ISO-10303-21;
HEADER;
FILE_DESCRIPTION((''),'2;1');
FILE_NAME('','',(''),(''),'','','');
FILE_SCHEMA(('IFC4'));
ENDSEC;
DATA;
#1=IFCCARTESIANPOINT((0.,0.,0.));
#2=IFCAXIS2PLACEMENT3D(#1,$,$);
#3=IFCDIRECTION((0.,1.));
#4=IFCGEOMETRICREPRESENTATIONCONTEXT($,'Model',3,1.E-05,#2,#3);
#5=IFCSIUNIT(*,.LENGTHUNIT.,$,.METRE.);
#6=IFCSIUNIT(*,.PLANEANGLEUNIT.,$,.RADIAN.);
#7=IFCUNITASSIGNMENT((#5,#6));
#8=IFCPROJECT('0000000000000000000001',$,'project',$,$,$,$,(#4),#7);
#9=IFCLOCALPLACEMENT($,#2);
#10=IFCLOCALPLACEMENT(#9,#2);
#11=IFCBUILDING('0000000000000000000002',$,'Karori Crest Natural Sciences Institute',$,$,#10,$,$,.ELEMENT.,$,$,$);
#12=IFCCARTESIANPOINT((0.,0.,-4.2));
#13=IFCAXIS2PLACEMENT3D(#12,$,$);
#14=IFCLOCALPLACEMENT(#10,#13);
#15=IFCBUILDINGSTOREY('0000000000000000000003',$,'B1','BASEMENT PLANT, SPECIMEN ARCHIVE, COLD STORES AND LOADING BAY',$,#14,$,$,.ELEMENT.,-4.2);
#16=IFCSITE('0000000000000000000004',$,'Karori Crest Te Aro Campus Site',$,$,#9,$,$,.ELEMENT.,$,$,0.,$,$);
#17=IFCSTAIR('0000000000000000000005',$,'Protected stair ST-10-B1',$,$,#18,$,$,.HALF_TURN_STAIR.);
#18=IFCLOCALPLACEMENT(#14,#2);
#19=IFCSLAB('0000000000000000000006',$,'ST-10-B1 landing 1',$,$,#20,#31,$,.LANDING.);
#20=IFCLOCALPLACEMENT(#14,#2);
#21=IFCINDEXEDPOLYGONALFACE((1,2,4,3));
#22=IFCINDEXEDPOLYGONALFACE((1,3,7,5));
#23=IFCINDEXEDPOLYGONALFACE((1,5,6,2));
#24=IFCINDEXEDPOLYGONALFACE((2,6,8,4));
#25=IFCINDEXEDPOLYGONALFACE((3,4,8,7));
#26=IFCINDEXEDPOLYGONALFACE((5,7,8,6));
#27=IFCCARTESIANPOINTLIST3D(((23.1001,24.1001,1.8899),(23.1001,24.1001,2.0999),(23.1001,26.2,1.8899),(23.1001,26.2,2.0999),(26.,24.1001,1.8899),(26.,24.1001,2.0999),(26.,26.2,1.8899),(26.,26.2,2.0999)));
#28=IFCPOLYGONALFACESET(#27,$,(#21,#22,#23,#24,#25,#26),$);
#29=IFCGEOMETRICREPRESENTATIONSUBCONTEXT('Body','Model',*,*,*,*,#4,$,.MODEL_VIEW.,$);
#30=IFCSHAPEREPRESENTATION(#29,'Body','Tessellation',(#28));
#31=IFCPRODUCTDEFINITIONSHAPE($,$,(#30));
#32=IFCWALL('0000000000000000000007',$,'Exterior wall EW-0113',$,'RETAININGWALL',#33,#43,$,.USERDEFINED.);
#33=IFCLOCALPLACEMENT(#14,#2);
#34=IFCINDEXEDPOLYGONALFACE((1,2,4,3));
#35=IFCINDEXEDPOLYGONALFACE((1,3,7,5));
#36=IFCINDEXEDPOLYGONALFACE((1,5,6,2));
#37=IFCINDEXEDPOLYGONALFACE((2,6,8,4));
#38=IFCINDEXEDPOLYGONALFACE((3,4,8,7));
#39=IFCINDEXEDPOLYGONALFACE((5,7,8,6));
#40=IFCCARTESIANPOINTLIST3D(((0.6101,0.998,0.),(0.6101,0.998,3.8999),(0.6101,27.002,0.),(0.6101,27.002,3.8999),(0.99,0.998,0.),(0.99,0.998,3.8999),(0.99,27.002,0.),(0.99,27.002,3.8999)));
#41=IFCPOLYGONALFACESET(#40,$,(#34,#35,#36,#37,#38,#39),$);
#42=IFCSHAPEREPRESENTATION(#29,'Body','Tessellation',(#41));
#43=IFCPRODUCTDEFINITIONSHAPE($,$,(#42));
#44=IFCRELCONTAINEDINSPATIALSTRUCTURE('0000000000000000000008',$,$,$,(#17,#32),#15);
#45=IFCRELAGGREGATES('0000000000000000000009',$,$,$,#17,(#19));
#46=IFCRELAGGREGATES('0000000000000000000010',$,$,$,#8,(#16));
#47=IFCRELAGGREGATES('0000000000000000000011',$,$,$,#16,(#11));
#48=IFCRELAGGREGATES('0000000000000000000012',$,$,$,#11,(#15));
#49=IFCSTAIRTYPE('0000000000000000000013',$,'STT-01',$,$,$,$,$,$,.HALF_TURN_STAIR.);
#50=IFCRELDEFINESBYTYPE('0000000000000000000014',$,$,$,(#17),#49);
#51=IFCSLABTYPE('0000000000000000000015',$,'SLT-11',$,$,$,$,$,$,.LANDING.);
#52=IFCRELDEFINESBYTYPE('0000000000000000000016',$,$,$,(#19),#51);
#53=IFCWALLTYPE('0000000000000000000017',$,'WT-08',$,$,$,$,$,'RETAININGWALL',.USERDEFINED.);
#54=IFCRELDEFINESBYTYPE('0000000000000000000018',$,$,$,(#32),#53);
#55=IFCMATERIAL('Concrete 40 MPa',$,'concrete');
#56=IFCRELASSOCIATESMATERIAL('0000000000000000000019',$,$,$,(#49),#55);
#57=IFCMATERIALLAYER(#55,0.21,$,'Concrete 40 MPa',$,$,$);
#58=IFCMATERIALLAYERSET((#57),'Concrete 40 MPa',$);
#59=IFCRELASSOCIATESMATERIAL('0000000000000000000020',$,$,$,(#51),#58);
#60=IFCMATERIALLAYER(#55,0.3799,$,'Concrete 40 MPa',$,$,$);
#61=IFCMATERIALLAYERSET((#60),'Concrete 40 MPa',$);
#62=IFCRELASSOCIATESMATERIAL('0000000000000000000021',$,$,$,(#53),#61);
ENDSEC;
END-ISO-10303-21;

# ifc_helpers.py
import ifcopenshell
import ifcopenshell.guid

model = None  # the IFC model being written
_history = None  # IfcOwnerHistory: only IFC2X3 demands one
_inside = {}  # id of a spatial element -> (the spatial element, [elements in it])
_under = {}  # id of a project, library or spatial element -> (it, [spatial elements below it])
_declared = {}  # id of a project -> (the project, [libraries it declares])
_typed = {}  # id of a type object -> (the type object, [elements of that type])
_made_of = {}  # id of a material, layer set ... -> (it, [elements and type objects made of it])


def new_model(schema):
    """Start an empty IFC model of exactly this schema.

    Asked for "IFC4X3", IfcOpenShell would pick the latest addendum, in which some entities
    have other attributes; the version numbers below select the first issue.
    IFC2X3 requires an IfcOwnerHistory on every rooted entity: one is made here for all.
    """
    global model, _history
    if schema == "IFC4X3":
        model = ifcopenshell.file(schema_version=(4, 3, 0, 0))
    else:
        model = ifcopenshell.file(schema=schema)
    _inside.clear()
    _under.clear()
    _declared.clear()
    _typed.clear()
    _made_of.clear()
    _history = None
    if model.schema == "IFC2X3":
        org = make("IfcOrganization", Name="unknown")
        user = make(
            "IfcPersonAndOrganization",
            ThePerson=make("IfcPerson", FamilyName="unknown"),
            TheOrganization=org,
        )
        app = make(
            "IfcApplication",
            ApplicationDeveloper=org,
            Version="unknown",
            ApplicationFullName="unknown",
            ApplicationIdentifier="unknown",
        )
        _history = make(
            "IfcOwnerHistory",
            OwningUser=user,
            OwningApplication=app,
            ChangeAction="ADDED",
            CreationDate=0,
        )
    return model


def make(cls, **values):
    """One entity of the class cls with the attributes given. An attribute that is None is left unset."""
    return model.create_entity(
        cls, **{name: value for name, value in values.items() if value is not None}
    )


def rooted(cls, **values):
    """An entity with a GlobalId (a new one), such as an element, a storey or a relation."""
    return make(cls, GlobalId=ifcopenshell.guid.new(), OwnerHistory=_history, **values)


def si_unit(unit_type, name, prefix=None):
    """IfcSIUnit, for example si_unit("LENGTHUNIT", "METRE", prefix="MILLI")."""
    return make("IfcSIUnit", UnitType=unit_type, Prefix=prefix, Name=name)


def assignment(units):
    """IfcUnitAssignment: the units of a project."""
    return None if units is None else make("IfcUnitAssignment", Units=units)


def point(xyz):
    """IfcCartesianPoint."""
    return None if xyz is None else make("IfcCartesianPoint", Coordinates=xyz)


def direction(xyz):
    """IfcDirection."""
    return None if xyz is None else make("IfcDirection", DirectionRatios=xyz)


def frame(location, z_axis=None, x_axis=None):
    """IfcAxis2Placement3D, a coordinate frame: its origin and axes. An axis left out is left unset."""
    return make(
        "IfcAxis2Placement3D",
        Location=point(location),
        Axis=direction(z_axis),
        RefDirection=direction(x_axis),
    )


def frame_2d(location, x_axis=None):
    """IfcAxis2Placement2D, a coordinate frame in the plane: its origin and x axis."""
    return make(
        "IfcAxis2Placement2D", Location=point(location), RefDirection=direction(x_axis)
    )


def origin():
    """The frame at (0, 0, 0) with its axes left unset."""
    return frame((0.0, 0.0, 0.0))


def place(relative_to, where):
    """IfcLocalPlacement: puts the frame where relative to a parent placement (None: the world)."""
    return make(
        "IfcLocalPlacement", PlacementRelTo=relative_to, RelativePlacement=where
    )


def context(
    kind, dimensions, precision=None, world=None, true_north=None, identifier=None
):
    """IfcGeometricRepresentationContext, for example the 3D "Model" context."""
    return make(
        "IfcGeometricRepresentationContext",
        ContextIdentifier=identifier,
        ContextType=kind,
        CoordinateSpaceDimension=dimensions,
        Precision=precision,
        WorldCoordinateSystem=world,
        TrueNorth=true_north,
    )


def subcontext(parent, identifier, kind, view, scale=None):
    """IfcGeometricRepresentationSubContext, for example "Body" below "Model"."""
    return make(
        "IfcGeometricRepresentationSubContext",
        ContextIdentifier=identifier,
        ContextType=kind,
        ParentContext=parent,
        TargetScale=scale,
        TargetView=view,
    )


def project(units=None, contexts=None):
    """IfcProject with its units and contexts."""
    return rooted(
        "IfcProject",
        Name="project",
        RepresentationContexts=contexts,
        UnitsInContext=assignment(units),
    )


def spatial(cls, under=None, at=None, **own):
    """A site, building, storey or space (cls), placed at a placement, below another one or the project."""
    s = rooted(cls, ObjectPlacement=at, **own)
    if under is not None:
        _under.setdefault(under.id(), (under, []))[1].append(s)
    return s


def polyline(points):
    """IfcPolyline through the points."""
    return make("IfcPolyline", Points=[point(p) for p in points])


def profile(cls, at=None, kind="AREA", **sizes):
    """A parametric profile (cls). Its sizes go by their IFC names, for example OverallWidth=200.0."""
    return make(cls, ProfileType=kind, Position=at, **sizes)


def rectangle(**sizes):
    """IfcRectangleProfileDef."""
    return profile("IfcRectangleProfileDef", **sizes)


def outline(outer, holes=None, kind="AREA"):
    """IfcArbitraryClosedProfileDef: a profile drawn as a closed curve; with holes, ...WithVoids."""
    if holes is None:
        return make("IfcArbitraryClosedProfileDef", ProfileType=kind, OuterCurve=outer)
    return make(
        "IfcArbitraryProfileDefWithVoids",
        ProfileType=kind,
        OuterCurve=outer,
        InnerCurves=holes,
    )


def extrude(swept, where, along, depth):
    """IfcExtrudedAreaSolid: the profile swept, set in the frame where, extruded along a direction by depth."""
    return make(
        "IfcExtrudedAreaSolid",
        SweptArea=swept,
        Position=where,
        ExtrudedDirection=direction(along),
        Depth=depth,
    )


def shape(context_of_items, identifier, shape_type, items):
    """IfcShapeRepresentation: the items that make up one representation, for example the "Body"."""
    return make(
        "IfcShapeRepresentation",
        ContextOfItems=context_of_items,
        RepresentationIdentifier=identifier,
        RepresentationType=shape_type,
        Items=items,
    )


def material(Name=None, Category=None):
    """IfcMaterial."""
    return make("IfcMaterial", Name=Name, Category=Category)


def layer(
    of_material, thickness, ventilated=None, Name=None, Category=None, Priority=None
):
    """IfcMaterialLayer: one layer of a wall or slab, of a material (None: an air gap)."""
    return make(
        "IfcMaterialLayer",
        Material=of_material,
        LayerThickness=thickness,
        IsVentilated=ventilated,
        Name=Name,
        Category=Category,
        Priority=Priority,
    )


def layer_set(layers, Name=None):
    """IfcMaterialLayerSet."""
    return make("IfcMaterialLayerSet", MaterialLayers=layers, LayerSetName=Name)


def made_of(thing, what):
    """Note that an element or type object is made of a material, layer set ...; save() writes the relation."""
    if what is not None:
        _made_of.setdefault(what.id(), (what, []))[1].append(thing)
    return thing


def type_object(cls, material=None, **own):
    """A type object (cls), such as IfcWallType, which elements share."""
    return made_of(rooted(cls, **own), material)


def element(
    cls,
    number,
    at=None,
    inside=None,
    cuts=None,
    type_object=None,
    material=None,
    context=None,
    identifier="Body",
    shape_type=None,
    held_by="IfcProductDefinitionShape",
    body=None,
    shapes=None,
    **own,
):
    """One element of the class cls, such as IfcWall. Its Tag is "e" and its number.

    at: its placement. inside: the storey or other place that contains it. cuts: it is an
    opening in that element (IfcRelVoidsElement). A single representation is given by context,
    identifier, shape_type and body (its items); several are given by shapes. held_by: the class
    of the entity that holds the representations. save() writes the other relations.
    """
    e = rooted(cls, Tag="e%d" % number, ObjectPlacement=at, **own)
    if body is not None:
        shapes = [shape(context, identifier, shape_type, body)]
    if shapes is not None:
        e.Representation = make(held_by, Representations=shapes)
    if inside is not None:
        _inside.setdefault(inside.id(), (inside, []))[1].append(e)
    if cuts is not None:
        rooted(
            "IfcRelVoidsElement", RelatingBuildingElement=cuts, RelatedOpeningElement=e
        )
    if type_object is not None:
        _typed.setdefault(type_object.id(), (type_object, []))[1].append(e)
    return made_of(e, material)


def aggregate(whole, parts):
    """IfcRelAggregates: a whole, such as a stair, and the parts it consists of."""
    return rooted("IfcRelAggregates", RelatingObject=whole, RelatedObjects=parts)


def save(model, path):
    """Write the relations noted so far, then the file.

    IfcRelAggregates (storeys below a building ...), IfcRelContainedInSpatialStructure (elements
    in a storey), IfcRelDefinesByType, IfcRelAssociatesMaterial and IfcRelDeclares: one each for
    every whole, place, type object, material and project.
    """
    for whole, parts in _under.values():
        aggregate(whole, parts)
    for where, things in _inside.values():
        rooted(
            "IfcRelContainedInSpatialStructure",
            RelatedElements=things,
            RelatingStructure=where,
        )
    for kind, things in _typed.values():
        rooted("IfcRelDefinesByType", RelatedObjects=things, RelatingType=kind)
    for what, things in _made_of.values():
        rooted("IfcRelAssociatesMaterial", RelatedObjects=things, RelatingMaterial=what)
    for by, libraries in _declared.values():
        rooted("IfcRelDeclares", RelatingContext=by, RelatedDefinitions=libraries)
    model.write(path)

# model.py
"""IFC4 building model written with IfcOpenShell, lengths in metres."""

from ifc_helpers import new_model, si_unit, direction, frame, frame_2d, origin, place, context, subcontext, project, spatial, polyline, rectangle, outline, extrude, material, layer, layer_set, type_object, element, aggregate, save


model = new_model("IFC4")

# Units and contexts
model_context = context("Model", 3, precision=1e-05, world=origin(), true_north=direction((0.0, 1.0)))
body_context = subcontext(model_context, "Body", "Model", "MODEL_VIEW")
ifc_project = project(units=[si_unit("LENGTHUNIT", "METRE"), si_unit("PLANEANGLEUNIT", "RADIAN")], contexts=[model_context])

# Site, building, storey
site_placement = place(None, origin())
site = spatial("IfcSite", under=ifc_project, at=site_placement, Name="Karori Crest Te Aro Campus Site", CompositionType="ELEMENT", RefElevation=0.0)
building_placement = place(site_placement, origin())
building = spatial("IfcBuilding", under=site, at=building_placement, Name="Karori Crest Natural Sciences Institute", CompositionType="ELEMENT")
storey_placement = place(building_placement, frame((0.0, 0.0, -4.2)))
storey = spatial("IfcBuildingStorey", under=building, at=storey_placement, Name="B1", Description="BASEMENT PLANT, SPECIMEN ARCHIVE, COLD STORES AND LOADING BAY", CompositionType="ELEMENT", Elevation=-4.2)

# Shared definitions
ifc_material_1 = material(Name="Concrete 40 MPa", Category="concrete")

# Stair, slab
stair_type = type_object("IfcStairType", Name="STT-01", PredefinedType="HALF_TURN_STAIR", material=ifc_material_1)
ifc_layer_1 = layer(ifc_material_1, 0.21, Name="Concrete 40 MPa")
ifc_layer_set_1 = layer_set([ifc_layer_1], Name="Concrete 40 MPa")
slab_type_1 = type_object("IfcSlabType", Name="SLT-11", PredefinedType="LANDING", material=ifc_layer_set_1)
stair_1_placement = place(storey_placement, origin())
stair_1 = element("IfcStair", 1, at=stair_1_placement, inside=storey, type_object=stair_type, Name="Protected stair ST-10-B1", PredefinedType="HALF_TURN_STAIR")
slab_1_placement = place(storey_placement, frame((0.0, 0.0, 1.8899)))
slab_1 = element("IfcSlab", 2, at=slab_1_placement, type_object=slab_type_1, Name="ST-10-B1 landing 1", PredefinedType="LANDING", context=body_context, shape_type="SweptSolid", body=[
    extrude(outline(polyline([(26.0, 24.1001), (26.0, 26.2), (23.1001, 26.2), (23.1001, 24.1001), (26.0, 24.1001)])), origin(), (0.0, 0.0, 1.0), 0.21),
])
aggregate(stair_1, [slab_1])

# Wall
ifc_layer_2 = layer(ifc_material_1, 0.3799, Name="Concrete 40 MPa")
ifc_layer_set_2 = layer_set([ifc_layer_2], Name="Concrete 40 MPa")
wall_type = type_object("IfcWallType", Name="WT-08", ElementType="RETAININGWALL", PredefinedType="USERDEFINED", material=ifc_layer_set_2)
wall_placement = place(storey_placement, frame((0.8, 0.998, 0.0), z_axis=(0.0, 0.0, 1.0), x_axis=(0.0, 1.0, 0.0)))
element("IfcWall", 3, at=wall_placement, inside=storey, type_object=wall_type, Name="Exterior wall EW-0113", ObjectType="RETAININGWALL", PredefinedType="USERDEFINED", context=body_context, shape_type="SweptSolid", body=[
    extrude(rectangle(XDim=26.0039, YDim=0.3799, at=frame_2d((13.002, 0.0))), origin(), (0.0, 0.0, 1.0), 3.8999),
])

save(model, "model.ifc")
